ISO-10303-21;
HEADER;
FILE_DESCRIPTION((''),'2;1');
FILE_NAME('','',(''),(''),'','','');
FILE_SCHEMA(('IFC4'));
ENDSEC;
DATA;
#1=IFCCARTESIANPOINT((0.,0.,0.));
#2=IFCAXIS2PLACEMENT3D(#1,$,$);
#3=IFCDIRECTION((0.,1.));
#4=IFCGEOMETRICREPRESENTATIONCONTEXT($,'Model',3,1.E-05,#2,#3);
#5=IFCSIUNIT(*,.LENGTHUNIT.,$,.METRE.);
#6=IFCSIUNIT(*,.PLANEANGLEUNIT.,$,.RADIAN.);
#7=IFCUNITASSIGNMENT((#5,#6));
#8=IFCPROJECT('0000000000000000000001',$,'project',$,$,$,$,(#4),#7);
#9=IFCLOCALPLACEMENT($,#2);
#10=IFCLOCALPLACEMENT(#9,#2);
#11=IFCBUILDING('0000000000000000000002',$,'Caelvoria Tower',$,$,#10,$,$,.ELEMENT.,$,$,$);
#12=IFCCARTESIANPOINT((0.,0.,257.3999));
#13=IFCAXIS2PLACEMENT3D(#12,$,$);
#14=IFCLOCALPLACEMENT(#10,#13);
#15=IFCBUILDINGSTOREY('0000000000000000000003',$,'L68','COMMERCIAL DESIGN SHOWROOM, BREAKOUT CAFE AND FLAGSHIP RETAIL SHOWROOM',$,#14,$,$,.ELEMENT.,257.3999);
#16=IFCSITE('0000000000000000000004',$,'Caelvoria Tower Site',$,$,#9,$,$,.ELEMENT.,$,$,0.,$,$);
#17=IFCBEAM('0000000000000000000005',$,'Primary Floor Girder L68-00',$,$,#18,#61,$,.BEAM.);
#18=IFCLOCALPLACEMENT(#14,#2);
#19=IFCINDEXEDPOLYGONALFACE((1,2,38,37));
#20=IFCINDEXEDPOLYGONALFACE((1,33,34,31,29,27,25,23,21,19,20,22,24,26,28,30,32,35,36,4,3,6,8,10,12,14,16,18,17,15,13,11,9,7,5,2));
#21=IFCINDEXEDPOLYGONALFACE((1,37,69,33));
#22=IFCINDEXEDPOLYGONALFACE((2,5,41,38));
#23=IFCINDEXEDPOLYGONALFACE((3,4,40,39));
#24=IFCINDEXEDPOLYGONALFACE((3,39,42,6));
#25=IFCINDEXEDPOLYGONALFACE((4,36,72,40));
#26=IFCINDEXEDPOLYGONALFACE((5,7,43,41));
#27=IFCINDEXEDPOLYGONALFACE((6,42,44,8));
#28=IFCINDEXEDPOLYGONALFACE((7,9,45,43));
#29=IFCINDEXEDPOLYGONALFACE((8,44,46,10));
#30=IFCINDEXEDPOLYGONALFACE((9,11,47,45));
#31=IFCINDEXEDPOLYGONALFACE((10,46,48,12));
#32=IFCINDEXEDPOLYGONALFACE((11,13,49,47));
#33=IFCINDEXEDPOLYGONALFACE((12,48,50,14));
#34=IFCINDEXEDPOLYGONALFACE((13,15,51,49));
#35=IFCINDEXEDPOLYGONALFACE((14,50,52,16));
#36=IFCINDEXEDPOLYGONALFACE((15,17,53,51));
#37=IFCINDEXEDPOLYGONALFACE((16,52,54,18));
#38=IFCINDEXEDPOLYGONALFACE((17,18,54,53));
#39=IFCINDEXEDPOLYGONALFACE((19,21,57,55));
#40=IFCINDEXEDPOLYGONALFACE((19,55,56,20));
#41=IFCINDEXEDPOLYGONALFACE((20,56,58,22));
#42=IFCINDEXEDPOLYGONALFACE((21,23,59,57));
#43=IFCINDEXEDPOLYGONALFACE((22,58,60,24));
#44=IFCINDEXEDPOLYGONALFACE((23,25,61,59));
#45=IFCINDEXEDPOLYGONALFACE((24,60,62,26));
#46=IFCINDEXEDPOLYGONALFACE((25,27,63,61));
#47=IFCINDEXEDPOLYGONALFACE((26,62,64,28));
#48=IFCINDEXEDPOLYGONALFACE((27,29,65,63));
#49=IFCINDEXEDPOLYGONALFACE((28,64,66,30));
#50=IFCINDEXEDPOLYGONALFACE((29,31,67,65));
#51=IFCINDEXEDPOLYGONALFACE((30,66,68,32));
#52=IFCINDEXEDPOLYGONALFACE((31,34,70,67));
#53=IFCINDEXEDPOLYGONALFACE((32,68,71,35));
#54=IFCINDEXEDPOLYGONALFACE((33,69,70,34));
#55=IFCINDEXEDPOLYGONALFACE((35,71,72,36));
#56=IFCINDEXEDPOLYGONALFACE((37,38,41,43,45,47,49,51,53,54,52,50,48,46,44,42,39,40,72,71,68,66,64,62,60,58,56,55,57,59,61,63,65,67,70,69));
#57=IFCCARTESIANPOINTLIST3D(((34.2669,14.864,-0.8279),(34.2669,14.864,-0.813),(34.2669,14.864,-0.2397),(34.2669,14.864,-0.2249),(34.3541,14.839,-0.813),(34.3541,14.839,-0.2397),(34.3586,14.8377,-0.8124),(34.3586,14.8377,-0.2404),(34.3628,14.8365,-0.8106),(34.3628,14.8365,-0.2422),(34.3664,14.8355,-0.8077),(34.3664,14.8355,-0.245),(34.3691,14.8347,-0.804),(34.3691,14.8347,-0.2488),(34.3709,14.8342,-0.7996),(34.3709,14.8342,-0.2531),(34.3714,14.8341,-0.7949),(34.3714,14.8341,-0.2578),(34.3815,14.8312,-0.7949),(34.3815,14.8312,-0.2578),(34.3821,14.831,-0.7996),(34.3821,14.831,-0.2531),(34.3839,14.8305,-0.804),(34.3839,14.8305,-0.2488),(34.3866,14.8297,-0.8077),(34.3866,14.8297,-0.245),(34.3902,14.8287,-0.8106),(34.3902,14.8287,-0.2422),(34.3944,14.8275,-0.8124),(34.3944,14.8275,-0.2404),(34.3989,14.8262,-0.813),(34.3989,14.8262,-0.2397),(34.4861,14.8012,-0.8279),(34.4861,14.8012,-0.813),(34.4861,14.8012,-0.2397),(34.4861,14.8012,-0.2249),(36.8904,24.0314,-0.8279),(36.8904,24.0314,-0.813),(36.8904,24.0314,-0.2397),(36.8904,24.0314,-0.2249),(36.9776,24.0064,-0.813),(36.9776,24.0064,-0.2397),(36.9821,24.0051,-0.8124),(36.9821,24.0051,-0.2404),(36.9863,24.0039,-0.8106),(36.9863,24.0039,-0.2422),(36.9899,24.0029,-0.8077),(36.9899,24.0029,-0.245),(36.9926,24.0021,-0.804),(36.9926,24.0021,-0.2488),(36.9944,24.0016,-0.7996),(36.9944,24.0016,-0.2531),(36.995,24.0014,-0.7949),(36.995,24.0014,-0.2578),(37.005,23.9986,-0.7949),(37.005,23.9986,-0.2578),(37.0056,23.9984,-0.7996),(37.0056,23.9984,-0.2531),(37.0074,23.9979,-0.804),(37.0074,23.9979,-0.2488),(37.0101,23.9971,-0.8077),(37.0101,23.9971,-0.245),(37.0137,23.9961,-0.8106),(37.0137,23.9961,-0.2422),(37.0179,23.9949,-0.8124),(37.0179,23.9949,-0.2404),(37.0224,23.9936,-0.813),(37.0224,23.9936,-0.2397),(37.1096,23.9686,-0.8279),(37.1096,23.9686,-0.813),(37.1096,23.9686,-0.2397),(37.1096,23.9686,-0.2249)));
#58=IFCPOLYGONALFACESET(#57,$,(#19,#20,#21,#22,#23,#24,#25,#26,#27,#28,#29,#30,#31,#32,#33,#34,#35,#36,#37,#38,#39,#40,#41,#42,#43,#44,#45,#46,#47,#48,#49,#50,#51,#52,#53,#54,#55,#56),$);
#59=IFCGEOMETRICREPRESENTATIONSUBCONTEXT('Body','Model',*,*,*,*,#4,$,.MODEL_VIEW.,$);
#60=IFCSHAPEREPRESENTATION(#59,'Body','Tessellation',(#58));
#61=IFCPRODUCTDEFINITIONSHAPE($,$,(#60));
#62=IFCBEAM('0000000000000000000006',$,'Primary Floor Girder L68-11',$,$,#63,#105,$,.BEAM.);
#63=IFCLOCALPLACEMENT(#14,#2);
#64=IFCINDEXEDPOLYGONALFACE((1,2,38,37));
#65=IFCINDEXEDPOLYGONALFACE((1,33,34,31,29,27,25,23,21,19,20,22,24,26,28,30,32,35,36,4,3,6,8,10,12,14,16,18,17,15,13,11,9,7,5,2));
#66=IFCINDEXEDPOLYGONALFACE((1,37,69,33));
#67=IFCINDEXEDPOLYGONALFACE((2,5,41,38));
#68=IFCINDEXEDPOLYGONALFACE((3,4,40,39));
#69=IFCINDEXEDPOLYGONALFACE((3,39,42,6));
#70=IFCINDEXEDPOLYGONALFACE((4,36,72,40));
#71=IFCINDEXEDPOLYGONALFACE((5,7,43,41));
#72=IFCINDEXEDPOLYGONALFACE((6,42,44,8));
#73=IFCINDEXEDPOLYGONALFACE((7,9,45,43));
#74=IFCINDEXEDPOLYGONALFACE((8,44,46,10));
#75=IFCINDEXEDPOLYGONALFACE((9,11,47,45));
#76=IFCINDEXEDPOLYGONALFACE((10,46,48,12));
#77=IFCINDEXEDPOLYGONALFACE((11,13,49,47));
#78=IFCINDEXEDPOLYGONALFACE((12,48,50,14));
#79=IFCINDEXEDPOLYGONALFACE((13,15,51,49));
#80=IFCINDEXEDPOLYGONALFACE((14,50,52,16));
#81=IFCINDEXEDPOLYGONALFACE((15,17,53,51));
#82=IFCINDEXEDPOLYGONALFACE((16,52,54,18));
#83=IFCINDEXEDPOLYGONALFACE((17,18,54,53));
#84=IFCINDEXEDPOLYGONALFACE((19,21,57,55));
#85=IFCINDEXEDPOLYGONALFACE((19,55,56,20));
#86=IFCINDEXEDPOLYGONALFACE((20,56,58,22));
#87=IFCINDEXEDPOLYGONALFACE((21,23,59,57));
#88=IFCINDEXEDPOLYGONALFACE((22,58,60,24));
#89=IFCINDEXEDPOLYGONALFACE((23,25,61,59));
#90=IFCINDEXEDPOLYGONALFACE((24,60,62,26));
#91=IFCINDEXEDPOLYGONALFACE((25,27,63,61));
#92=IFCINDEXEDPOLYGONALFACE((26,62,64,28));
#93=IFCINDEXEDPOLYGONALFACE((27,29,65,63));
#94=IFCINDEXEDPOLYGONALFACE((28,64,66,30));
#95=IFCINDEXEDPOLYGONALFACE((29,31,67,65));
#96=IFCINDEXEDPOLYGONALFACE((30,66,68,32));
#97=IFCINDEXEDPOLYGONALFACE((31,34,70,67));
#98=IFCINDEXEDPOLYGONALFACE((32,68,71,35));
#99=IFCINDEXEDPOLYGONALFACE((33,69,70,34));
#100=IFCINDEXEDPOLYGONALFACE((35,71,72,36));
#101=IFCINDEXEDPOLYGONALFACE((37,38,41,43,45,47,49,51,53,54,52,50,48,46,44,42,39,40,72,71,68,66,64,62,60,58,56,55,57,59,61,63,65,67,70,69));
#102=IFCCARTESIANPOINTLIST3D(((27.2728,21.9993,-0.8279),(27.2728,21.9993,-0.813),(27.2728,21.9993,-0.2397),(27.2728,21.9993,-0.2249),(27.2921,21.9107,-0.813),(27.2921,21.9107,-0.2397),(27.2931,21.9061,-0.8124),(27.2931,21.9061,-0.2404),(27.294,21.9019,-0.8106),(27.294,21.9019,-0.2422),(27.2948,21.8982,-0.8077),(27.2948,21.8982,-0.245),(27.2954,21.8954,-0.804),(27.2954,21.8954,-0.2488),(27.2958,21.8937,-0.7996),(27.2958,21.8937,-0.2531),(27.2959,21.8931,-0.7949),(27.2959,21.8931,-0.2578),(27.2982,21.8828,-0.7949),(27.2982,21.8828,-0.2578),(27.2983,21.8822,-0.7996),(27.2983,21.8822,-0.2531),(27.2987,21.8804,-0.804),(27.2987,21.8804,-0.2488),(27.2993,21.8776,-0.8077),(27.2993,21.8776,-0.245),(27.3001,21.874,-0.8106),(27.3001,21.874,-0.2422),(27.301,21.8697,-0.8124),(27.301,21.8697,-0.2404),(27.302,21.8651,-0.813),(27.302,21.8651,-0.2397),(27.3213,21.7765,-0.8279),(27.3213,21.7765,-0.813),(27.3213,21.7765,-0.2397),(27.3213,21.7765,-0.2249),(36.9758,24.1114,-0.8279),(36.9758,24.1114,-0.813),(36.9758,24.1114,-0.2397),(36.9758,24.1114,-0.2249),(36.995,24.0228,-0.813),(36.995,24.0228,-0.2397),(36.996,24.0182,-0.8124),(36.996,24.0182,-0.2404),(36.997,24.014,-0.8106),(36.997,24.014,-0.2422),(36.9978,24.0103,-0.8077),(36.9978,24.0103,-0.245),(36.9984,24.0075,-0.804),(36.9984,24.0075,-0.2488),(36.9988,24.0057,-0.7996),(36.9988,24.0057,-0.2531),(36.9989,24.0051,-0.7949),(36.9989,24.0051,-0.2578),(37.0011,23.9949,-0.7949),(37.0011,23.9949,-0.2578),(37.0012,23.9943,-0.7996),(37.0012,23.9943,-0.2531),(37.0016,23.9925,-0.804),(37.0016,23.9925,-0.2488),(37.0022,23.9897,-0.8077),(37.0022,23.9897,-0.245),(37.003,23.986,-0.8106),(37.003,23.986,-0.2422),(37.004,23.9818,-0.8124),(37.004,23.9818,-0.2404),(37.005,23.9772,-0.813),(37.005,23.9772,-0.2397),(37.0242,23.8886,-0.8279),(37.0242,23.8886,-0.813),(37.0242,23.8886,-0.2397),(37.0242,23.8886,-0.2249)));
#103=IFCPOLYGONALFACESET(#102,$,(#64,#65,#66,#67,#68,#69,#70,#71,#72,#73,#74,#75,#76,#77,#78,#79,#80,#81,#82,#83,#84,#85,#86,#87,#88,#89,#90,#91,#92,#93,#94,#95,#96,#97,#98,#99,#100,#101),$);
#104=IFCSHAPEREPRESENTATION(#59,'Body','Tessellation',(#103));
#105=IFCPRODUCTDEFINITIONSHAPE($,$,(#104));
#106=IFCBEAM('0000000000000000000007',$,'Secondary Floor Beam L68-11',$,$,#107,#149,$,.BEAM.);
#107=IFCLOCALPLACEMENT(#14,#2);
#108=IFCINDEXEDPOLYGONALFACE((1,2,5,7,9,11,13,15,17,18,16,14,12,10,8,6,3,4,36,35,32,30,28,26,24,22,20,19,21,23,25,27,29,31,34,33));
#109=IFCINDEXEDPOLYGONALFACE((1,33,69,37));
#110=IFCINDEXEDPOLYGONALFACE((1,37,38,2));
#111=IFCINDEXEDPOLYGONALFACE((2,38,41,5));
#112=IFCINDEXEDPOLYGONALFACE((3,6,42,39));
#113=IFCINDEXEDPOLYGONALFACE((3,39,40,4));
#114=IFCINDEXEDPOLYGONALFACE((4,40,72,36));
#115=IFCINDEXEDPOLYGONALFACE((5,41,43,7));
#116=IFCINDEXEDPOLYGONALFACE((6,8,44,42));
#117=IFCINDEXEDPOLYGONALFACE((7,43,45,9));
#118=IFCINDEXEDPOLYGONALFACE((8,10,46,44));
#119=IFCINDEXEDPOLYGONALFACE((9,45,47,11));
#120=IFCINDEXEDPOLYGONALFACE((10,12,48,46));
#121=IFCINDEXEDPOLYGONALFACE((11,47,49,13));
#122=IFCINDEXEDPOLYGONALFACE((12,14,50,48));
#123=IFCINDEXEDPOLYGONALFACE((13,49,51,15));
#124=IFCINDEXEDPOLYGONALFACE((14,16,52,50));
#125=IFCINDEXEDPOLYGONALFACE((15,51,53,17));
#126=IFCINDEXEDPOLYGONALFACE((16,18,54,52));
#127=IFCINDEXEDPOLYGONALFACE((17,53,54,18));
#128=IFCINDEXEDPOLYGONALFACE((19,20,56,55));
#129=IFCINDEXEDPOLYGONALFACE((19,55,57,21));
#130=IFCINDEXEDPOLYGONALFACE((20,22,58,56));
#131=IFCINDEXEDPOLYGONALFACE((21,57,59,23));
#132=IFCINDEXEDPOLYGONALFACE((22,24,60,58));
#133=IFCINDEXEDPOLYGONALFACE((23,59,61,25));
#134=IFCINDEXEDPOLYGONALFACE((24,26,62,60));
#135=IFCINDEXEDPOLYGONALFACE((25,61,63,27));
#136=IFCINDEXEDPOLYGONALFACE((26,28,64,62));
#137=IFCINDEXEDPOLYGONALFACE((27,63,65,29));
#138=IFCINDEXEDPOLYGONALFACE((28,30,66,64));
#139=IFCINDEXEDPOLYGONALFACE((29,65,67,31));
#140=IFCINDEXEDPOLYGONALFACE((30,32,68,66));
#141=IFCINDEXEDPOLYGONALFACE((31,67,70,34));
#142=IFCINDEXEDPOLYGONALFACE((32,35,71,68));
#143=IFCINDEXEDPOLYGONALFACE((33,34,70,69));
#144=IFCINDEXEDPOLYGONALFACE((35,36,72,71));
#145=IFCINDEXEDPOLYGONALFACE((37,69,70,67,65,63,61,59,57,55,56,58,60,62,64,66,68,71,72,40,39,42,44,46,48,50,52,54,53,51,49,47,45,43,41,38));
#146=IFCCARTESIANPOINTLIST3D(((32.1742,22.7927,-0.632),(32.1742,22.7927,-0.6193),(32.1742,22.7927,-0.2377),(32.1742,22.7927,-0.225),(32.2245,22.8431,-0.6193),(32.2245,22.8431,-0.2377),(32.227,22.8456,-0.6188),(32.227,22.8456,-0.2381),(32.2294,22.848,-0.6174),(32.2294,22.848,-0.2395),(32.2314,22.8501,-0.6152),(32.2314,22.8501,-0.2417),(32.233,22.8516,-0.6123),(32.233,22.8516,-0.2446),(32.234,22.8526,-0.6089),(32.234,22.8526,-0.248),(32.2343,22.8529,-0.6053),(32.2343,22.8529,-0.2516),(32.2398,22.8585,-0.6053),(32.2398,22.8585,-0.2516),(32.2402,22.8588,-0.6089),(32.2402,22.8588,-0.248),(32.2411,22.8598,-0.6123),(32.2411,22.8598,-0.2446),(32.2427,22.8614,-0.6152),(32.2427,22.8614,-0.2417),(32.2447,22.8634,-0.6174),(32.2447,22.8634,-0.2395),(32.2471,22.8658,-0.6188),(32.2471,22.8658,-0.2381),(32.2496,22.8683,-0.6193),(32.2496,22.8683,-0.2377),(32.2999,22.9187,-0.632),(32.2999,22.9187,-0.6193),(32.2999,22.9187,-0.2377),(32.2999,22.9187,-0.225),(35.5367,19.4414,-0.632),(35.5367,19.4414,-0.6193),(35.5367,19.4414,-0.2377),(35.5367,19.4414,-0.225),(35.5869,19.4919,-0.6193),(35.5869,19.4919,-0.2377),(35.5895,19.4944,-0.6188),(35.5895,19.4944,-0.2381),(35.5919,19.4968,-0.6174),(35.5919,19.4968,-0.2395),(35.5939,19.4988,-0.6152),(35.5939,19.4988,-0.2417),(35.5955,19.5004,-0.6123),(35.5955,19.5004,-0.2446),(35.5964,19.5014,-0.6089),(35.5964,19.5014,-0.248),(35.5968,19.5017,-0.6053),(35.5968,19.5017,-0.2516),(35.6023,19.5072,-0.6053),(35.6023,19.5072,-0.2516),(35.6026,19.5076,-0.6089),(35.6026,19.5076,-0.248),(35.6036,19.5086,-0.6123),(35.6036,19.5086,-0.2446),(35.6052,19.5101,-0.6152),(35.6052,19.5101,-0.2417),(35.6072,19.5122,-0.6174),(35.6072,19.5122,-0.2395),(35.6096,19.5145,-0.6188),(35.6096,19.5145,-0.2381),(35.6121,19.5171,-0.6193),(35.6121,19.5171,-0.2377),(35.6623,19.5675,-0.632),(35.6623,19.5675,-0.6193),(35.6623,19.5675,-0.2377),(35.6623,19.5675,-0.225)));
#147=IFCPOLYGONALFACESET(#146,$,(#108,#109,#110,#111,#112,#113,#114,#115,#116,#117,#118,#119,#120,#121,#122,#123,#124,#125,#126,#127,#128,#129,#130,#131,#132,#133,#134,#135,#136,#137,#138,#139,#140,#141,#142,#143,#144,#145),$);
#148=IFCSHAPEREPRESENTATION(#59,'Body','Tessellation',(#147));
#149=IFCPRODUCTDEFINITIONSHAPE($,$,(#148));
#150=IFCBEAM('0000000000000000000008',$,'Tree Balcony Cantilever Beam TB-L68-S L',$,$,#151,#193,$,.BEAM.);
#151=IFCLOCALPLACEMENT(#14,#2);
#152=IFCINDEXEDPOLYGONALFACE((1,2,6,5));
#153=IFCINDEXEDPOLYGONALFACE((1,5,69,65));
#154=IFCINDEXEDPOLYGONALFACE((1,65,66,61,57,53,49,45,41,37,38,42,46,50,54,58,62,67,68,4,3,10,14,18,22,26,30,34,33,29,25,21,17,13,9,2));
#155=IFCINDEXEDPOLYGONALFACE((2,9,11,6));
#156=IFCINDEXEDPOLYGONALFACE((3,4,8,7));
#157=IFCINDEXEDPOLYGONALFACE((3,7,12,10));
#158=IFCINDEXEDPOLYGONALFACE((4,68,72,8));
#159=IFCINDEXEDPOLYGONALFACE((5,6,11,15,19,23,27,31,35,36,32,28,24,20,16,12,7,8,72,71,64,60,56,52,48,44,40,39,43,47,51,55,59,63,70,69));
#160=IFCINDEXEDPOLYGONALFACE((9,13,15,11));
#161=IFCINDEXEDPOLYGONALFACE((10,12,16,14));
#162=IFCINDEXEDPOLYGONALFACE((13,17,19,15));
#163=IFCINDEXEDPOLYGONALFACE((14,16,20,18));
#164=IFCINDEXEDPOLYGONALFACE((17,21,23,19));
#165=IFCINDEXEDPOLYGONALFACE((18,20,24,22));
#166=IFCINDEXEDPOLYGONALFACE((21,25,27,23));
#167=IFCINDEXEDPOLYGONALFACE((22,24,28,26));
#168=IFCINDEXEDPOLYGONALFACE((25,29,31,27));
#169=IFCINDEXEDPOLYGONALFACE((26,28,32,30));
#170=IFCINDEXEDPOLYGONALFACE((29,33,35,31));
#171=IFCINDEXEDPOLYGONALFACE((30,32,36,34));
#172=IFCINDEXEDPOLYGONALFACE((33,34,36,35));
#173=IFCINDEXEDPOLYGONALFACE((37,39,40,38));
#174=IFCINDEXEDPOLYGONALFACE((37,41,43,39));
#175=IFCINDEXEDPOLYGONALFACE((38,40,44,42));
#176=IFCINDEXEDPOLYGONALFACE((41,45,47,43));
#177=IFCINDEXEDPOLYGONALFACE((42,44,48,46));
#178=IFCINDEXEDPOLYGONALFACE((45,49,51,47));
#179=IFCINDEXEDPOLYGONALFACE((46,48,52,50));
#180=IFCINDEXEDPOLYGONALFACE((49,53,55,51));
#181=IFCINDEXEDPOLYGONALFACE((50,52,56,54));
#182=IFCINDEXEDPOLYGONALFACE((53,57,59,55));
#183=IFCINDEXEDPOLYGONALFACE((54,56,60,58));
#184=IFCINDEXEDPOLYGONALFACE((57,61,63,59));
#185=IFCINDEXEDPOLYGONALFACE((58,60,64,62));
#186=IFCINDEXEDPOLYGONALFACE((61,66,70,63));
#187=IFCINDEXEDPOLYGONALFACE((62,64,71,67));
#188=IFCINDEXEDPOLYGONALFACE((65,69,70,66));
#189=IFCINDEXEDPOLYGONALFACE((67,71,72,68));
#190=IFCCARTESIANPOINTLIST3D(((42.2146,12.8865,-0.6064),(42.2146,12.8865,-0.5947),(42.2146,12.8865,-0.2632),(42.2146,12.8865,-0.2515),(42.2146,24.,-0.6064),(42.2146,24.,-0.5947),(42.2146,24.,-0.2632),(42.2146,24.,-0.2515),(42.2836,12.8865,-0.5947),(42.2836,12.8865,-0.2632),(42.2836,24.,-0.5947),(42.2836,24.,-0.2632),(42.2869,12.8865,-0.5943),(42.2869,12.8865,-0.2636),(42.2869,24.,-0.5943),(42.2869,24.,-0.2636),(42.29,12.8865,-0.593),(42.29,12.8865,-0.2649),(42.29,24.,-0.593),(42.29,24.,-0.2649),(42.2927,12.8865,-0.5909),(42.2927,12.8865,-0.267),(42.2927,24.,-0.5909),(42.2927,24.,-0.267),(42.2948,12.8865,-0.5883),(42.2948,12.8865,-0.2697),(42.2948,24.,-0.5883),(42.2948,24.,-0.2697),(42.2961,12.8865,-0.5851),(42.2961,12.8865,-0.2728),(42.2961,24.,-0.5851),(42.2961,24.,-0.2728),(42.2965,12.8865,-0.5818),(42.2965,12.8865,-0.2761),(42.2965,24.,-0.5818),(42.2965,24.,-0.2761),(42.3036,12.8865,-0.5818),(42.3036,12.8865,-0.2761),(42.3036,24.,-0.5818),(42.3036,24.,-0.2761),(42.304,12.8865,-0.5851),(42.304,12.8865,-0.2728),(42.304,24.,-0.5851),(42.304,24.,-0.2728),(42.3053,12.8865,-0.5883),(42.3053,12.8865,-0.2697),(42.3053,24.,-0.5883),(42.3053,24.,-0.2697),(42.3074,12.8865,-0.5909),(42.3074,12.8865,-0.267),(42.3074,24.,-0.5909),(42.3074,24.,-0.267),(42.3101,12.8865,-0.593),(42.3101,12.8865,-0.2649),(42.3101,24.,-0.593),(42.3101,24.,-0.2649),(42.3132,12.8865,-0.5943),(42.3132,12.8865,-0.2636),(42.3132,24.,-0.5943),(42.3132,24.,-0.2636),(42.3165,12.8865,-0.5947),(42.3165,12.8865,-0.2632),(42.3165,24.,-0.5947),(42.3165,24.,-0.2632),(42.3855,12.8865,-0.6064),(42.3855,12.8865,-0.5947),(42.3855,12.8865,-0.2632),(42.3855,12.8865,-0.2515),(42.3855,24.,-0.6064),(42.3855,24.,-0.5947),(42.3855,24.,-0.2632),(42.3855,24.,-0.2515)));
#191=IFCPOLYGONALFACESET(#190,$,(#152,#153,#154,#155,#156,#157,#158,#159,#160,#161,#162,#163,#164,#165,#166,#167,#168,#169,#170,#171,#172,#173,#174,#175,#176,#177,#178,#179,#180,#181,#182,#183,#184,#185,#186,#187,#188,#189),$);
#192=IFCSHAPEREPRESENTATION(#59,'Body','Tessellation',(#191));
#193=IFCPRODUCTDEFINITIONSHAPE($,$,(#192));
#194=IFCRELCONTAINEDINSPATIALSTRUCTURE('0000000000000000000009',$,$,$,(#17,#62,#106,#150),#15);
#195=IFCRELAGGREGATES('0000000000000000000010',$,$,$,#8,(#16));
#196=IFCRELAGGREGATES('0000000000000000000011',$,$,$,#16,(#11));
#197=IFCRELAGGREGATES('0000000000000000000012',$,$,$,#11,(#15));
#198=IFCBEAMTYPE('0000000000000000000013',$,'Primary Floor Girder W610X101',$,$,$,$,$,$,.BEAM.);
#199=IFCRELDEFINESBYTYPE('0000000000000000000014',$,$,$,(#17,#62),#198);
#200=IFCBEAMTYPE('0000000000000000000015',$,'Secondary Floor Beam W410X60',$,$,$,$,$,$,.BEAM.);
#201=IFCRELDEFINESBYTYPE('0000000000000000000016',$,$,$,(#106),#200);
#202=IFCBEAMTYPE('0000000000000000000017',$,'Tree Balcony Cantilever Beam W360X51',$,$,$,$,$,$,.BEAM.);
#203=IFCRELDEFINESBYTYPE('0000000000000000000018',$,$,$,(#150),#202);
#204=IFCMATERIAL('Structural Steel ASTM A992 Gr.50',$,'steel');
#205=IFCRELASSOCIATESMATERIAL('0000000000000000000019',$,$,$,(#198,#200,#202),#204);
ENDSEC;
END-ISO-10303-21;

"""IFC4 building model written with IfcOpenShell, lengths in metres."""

from ifc_helpers import new_model, si_unit, direction, frame, origin, origin_2d, place, context, subcontext, project, spatial, i_section, extrude, material, material_profile, profile_set, type_object, element, save


model = new_model("IFC4")

# Units and contexts
model_context = context("Model", 3, precision=1e-05, world=origin(), true_north=direction((0.0, 1.0)))
body_context = subcontext(model_context, "Body", "Model", "MODEL_VIEW")
ifc_project = project(units=[si_unit("LENGTHUNIT", "METRE"), si_unit("PLANEANGLEUNIT", "RADIAN")], contexts=[model_context])

# Site, building, storey
site_placement = place(None, origin())
site = spatial("IfcSite", under=ifc_project, at=site_placement, Name="Caelvoria Tower Site", CompositionType="ELEMENT", RefElevation=0.0)
building_placement = place(site_placement, origin())
building = spatial("IfcBuilding", under=site, at=building_placement, Name="Caelvoria Tower", CompositionType="ELEMENT")
storey_placement = place(building_placement, frame((0.0, 0.0, 257.3999)))
storey = spatial("IfcBuildingStorey", under=building, at=storey_placement, Name="L68", Description="COMMERCIAL DESIGN SHOWROOM, BREAKOUT CAFE AND FLAGSHIP RETAIL SHOWROOM", CompositionType="ELEMENT", Elevation=257.3999)

# Beams
ifc_material_1 = material(Name="Structural Steel ASTM A992 Gr.50", Category="steel")
ifc_material_profile_1 = material_profile(ifc_material_1, i_section(OverallWidth=0.228, OverallDepth=0.603, WebThickness=0.0105, FlangeThickness=0.0149, FilletRadius=0.0181, at=origin_2d()), Name="Structural Steel ASTM A992 Gr.50")
ifc_profile_set_1 = profile_set([ifc_material_profile_1], Name="W610X101 - Structural Steel ASTM A992 Gr.50")
beam_type_1 = type_object("IfcBeamType", Name="Primary Floor Girder W610X101", PredefinedType="BEAM", material=ifc_profile_set_1)
beam_1_placement = place(storey_placement, frame((37.0, 24.0, -0.5264), z_axis=(-0.275134, -0.961406, 0.0), x_axis=(0.961406, -0.275134, 0.0)))
element("IfcBeam", 1, at=beam_1_placement, inside=storey, type_object=beam_type_1, Name="Primary Floor Girder L68-00", PredefinedType="BEAM", context=body_context, shape_type="SweptSolid", body=[
    extrude(i_section(OverallWidth=0.228, OverallDepth=0.603, WebThickness=0.0105, FlangeThickness=0.0149, FilletRadius=0.0181, at=origin_2d()), origin(), (0.0, 0.0, 1.0), 9.5354),
])
beam_2_placement = place(storey_placement, frame((37.0, 24.0, -0.5264), z_axis=(-0.977119, -0.212693, 0.0), x_axis=(0.212693, -0.977119, 0.0)))
element("IfcBeam", 2, at=beam_2_placement, inside=storey, type_object=beam_type_1, Name="Primary Floor Girder L68-11", PredefinedType="BEAM", context=body_context, shape_type="SweptSolid", body=[
    extrude(i_section(OverallWidth=0.228, OverallDepth=0.603, WebThickness=0.0105, FlangeThickness=0.0149, FilletRadius=0.0181, at=origin_2d()), origin(), (0.0, 0.0, 1.0), 9.9302),
])
ifc_material_profile_2 = material_profile(ifc_material_1, i_section(OverallWidth=0.178, OverallDepth=0.407, WebThickness=0.0078, FlangeThickness=0.0127, FilletRadius=0.0139, at=origin_2d()), Name="Structural Steel ASTM A992 Gr.50")
ifc_profile_set_2 = profile_set([ifc_material_profile_2], Name="W410X60 - Structural Steel ASTM A992 Gr.50")
beam_type_2 = type_object("IfcBeamType", Name="Secondary Floor Beam W410X60", PredefinedType="BEAM", material=ifc_profile_set_2)
beam_3_placement = place(storey_placement, frame((32.2371, 22.8557, -0.4285), z_axis=(0.708289, -0.705923, 0.0), x_axis=(0.705923, 0.708289, 0.0)))
element("IfcBeam", 3, at=beam_3_placement, inside=storey, type_object=beam_type_2, Name="Secondary Floor Beam L68-11", PredefinedType="BEAM", context=body_context, shape_type="SweptSolid", body=[
    extrude(i_section(OverallWidth=0.178, OverallDepth=0.407, WebThickness=0.0078, FlangeThickness=0.0127, FilletRadius=0.0139, at=origin_2d()), origin(), (0.0, 0.0, 1.0), 4.7473),
])
ifc_material_profile_3 = material_profile(ifc_material_1, i_section(OverallWidth=0.1709, OverallDepth=0.355, WebThickness=0.0071, FlangeThickness=0.0117, FilletRadius=0.0129, at=origin_2d()), Name="Structural Steel ASTM A992 Gr.50")
ifc_profile_set_3 = profile_set([ifc_material_profile_3], Name="W360X51 - Structural Steel ASTM A992 Gr.50")
beam_type_3 = type_object("IfcBeamType", Name="Tree Balcony Cantilever Beam W360X51", PredefinedType="BEAM", material=ifc_profile_set_3)
beam_4_placement = place(storey_placement, frame((42.3, 24.0, -0.429), z_axis=(0.0, -1.0, 0.0), x_axis=(1.0, 0.0, 0.0)))
element("IfcBeam", 4, at=beam_4_placement, inside=storey, type_object=beam_type_3, Name="Tree Balcony Cantilever Beam TB-L68-S L", PredefinedType="BEAM", context=body_context, shape_type="SweptSolid", body=[
    extrude(i_section(OverallWidth=0.1709, OverallDepth=0.355, WebThickness=0.0071, FlangeThickness=0.0117, FilletRadius=0.0129, at=origin_2d()), origin(), (0.0, 0.0, 1.0), 11.1135),
])

save(model, "model.ifc")
